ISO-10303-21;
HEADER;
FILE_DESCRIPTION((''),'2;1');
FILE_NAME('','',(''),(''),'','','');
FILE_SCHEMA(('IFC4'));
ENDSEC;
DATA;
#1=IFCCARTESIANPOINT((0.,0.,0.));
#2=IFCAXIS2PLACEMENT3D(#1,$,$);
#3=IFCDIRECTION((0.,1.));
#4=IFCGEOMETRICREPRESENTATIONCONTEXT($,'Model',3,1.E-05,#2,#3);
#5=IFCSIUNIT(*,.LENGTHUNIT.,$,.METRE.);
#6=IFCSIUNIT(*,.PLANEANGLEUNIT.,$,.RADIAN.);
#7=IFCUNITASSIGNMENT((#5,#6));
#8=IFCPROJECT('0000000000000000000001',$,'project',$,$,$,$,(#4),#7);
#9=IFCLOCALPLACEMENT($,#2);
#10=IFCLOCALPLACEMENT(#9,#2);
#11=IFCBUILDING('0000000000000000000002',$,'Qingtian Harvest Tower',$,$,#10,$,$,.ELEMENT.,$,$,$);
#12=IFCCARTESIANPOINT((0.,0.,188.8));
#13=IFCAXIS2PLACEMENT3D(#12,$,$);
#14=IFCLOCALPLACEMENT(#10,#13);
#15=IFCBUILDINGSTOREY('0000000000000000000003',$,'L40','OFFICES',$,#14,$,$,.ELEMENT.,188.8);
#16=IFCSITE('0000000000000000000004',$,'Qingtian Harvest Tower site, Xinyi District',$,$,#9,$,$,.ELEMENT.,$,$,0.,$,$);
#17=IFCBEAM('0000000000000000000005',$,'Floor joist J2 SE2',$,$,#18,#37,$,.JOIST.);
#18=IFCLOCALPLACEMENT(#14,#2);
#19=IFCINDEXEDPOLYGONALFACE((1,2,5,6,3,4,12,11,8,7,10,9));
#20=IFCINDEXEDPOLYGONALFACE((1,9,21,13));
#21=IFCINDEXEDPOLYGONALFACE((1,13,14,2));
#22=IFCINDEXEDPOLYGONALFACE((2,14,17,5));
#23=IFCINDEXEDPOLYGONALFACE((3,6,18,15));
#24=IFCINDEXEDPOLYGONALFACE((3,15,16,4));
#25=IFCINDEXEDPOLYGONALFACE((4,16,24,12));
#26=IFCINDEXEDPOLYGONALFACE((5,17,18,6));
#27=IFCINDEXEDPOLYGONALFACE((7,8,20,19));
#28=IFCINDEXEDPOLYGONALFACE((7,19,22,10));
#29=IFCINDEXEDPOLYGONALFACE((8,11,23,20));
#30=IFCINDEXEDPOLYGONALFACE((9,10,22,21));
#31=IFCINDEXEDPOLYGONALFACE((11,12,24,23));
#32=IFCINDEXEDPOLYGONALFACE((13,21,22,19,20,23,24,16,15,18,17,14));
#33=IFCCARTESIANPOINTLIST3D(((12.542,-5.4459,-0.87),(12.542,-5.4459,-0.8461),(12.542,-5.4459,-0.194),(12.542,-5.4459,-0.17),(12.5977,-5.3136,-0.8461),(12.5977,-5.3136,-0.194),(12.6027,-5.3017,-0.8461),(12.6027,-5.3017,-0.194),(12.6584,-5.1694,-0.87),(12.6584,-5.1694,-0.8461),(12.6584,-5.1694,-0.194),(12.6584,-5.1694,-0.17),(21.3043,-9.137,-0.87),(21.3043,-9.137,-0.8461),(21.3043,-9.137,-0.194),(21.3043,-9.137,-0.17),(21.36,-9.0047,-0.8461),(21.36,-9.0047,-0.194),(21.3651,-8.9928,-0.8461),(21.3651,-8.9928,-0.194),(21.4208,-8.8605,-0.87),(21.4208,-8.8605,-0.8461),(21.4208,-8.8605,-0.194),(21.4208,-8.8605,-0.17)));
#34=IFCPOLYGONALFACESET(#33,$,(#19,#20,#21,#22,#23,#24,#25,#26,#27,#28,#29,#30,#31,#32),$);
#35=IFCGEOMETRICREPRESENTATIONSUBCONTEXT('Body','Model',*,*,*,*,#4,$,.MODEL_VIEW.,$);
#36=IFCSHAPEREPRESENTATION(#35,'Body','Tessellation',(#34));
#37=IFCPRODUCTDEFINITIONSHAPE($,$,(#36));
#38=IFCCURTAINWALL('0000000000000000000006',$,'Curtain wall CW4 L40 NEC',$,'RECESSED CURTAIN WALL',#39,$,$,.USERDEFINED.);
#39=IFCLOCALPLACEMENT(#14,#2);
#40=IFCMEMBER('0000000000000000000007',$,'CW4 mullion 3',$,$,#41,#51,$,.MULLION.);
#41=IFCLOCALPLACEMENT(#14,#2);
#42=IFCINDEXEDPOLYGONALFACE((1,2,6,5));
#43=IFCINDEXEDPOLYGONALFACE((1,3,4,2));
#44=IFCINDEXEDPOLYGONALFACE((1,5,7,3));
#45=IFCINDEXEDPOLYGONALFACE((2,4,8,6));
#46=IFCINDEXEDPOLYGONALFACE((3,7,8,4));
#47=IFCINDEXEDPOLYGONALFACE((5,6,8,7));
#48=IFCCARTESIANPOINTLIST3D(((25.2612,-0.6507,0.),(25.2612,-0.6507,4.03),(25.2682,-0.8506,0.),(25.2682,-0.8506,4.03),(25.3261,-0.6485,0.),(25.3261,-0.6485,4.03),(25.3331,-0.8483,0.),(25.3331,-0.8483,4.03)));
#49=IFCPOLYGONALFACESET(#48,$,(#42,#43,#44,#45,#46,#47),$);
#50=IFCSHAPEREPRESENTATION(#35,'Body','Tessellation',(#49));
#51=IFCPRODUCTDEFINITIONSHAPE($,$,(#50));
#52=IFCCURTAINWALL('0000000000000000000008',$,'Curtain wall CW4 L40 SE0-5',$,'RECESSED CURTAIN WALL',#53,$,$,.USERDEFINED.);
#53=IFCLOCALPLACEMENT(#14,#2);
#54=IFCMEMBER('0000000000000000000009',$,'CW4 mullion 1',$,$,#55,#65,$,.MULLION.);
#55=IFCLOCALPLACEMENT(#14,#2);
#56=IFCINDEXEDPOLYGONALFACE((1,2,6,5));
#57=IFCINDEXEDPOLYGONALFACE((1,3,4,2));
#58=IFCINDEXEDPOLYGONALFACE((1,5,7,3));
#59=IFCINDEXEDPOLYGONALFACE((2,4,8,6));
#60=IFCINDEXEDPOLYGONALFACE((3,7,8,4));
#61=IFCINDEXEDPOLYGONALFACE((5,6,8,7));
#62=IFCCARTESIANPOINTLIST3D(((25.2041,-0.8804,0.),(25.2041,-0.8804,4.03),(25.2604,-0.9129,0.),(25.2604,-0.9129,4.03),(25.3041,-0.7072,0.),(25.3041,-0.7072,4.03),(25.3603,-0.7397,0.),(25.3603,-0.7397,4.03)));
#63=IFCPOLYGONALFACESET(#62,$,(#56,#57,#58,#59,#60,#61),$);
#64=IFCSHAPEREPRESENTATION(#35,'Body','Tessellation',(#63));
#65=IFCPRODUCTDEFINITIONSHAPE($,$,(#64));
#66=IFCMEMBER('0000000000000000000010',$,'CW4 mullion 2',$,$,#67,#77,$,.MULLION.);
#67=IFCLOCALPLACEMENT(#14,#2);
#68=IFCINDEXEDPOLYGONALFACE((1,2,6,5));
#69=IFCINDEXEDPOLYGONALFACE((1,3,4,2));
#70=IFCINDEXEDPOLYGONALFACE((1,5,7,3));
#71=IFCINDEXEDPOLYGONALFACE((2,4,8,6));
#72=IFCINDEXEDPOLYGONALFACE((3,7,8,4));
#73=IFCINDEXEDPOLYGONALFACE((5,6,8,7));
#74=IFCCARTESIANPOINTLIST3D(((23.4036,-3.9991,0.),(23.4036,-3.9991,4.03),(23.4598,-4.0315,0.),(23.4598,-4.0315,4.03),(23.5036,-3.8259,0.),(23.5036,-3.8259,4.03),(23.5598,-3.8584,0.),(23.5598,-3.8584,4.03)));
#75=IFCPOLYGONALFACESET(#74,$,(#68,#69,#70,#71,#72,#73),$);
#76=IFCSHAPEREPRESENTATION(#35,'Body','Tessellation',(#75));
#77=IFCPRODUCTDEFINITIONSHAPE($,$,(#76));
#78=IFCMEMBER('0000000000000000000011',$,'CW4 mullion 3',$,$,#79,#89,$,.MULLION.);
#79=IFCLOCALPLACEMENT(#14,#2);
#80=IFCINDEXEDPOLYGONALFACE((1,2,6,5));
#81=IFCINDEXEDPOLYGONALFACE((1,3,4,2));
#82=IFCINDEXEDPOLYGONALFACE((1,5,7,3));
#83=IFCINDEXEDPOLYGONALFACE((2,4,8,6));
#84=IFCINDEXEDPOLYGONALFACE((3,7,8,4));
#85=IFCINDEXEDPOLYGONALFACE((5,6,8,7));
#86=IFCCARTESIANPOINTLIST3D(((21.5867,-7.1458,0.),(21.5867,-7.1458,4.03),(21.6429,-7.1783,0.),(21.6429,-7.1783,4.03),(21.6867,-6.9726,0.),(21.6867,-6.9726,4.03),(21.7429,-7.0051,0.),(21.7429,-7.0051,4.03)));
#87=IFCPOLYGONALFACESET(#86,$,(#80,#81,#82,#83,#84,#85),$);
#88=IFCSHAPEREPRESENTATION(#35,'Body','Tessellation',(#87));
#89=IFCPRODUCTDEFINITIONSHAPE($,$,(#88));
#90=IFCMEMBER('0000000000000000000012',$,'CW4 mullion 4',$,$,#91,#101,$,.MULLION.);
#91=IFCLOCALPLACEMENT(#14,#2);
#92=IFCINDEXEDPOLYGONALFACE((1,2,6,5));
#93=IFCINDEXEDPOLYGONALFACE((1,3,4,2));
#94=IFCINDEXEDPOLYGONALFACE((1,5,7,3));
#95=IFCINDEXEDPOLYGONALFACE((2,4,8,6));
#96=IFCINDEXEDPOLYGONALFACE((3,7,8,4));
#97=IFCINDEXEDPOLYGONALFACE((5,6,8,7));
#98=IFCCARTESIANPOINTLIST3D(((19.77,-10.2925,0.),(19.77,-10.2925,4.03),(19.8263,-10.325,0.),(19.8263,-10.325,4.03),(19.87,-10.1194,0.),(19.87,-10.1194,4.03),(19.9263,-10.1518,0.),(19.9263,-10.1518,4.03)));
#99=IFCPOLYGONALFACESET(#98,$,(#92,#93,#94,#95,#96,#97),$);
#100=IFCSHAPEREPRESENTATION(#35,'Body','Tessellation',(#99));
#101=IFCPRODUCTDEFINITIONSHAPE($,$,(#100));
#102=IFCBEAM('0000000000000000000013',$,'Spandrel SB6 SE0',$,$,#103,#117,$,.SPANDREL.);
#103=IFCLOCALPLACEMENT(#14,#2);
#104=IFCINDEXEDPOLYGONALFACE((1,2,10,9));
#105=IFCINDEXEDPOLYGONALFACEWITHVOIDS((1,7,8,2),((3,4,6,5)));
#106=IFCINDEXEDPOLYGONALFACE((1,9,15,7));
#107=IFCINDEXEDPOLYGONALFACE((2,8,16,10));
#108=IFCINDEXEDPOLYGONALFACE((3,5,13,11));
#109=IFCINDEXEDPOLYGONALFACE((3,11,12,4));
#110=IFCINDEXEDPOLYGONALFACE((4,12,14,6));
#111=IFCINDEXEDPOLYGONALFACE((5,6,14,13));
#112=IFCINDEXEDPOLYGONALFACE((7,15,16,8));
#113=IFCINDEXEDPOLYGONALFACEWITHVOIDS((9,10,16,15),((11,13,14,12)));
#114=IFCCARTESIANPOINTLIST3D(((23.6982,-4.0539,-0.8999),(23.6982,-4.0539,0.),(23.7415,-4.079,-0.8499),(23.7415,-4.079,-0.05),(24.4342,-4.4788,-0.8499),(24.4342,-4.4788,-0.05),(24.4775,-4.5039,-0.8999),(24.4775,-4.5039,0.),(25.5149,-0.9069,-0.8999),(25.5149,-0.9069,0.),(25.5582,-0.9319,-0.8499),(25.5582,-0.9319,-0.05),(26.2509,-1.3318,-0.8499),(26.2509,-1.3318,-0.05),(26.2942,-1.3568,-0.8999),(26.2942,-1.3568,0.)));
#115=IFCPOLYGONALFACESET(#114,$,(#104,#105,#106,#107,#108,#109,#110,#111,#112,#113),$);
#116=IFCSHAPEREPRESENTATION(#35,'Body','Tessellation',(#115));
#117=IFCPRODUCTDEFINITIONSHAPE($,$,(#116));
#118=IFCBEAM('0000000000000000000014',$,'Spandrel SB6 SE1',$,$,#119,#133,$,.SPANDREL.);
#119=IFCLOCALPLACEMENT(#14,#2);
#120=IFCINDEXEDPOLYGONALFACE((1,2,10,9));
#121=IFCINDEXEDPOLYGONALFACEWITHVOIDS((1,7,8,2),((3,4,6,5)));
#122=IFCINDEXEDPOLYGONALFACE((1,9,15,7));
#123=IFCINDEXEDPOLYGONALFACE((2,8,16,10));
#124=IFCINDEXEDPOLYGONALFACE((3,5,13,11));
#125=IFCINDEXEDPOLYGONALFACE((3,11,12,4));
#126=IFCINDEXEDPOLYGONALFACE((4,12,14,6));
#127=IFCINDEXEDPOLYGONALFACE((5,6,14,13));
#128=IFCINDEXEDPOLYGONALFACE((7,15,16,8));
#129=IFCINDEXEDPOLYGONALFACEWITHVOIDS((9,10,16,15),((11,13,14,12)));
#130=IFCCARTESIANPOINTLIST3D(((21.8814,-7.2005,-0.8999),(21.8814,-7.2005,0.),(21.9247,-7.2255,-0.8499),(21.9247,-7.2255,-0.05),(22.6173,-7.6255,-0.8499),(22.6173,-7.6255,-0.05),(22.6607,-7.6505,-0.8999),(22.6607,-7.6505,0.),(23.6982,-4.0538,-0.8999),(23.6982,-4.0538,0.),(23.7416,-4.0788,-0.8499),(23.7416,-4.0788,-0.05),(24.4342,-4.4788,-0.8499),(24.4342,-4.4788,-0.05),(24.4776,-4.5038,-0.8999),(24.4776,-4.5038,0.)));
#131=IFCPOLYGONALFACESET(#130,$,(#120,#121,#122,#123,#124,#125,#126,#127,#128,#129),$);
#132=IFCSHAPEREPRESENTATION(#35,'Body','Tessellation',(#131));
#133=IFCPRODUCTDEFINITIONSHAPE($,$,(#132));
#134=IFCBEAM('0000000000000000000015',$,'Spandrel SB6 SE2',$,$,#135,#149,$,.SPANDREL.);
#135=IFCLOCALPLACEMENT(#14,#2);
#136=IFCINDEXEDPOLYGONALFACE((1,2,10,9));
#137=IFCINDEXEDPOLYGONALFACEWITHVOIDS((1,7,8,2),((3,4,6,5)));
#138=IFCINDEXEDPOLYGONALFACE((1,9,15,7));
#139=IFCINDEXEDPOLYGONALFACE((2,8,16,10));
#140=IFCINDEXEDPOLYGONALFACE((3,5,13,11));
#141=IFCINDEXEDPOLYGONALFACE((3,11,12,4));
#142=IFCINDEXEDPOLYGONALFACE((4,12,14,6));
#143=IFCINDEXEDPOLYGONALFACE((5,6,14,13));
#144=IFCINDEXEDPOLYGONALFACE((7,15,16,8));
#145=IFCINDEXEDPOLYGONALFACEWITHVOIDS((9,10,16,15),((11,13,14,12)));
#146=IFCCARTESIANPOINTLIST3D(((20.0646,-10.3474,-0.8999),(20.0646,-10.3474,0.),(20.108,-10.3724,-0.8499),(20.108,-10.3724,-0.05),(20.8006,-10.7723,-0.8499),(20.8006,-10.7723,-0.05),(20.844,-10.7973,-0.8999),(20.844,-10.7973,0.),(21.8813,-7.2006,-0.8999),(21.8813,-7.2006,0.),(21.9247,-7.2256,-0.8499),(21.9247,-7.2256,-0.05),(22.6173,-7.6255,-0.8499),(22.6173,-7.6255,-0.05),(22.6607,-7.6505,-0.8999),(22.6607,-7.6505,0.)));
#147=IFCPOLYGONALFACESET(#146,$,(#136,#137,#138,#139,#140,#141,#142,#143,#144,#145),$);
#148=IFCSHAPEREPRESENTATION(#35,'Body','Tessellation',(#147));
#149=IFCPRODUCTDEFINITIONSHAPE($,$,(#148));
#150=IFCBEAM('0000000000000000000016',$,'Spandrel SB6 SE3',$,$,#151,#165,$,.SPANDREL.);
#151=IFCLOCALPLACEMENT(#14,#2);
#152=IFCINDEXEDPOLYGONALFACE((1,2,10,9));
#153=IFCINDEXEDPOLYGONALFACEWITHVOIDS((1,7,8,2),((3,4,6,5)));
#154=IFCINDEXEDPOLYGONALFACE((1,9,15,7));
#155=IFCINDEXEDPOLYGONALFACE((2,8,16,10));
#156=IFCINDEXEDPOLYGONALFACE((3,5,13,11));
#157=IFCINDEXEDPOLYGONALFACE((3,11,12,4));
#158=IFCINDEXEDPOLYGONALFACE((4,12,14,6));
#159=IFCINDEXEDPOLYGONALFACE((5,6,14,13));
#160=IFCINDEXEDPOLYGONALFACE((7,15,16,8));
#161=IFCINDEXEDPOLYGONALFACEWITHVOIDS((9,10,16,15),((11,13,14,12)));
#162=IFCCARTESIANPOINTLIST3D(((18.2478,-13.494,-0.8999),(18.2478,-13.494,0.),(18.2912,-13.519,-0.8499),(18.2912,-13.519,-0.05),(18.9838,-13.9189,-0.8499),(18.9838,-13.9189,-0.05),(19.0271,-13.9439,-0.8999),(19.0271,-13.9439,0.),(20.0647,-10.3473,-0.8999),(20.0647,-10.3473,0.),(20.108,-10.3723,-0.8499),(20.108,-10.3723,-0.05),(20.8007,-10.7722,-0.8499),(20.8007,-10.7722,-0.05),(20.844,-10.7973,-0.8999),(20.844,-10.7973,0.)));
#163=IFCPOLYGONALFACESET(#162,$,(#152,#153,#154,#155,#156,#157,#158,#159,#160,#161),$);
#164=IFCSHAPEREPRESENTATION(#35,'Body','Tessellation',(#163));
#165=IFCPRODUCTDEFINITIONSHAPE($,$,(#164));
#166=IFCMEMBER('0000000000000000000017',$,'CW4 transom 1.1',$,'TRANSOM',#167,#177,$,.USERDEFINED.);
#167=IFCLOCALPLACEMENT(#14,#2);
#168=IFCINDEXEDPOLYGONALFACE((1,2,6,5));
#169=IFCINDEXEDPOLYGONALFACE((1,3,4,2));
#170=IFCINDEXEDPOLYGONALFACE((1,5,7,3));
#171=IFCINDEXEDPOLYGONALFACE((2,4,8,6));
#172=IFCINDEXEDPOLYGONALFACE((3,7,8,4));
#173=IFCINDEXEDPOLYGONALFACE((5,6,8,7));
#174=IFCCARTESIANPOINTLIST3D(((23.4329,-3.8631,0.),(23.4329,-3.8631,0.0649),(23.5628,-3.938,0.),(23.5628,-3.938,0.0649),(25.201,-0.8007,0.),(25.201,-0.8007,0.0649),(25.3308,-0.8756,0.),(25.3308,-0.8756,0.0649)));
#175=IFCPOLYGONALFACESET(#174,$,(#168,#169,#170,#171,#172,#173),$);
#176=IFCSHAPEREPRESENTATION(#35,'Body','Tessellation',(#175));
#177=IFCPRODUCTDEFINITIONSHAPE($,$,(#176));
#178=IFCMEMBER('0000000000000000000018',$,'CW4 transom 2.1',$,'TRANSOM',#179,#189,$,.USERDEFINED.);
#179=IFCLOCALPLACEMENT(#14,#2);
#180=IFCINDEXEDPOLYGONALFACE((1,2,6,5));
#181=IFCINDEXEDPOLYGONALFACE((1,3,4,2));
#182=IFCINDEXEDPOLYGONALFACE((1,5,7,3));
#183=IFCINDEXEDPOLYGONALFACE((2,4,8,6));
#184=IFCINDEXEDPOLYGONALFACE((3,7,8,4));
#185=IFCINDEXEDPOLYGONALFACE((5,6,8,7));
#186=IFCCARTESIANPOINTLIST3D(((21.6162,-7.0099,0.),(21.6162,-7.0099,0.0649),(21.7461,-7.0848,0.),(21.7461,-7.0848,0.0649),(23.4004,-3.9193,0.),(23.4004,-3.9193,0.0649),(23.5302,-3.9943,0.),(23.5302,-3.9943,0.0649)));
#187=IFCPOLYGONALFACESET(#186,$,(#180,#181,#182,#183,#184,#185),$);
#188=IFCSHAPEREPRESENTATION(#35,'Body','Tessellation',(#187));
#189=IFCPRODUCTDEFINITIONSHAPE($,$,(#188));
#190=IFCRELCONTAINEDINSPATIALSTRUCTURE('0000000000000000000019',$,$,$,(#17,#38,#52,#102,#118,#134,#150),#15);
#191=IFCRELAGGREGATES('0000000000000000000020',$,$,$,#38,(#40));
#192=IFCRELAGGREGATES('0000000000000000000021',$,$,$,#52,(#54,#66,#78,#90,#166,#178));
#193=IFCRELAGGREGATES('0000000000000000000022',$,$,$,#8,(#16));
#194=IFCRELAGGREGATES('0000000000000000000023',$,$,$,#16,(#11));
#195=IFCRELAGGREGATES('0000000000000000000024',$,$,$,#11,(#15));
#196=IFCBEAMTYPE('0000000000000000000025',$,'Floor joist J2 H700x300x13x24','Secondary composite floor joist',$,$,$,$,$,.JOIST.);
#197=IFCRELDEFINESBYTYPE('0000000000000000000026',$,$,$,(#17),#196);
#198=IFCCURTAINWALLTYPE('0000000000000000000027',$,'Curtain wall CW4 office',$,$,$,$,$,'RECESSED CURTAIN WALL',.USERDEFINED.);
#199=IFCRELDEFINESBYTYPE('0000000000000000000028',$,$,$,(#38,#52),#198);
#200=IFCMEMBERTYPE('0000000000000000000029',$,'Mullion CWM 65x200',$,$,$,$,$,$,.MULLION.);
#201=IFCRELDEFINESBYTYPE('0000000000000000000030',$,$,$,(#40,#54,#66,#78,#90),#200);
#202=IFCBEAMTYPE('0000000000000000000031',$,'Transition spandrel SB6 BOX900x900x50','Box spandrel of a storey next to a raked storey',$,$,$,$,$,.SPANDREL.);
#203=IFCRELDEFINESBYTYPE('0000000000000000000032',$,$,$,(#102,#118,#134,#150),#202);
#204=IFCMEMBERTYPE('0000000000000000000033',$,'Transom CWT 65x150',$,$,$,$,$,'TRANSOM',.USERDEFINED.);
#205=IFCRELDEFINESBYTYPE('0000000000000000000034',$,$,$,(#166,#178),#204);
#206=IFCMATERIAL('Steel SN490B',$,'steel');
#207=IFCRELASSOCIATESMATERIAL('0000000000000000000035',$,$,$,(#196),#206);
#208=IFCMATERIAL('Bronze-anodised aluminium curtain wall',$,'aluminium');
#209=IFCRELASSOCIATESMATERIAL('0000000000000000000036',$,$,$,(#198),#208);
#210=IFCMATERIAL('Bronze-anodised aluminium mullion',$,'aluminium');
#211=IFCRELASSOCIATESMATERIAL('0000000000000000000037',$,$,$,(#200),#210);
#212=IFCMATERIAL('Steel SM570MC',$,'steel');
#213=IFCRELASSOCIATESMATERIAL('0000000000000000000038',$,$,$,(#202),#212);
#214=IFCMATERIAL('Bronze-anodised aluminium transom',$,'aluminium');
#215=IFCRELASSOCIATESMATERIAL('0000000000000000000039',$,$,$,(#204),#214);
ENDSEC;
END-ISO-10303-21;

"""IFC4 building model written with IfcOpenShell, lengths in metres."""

from ifc_helpers import new_model, si_unit, direction, frame, origin, origin_2d, place, context, subcontext, project, spatial, rectangle, hollow_rectangle, i_section, extrude, material, material_profile, profile_set, type_object, element, aggregate, save


model = new_model("IFC4")

# Units and contexts
model_context = context("Model", 3, precision=1e-05, world=origin(), true_north=direction((0.0, 1.0)))
body_context = subcontext(model_context, "Body", "Model", "MODEL_VIEW")
ifc_project = project(units=[si_unit("LENGTHUNIT", "METRE"), si_unit("PLANEANGLEUNIT", "RADIAN")], contexts=[model_context])

# Site, building, storey
site_placement = place(None, origin())
site = spatial("IfcSite", under=ifc_project, at=site_placement, Name="Qingtian Harvest Tower site, Xinyi District", CompositionType="ELEMENT", RefElevation=0.0)
building_placement = place(site_placement, origin())
building = spatial("IfcBuilding", under=site, at=building_placement, Name="Qingtian Harvest Tower", CompositionType="ELEMENT")
storey_placement = place(building_placement, frame((0.0, 0.0, 188.8)))
storey = spatial("IfcBuildingStorey", under=building, at=storey_placement, Name="L40", Description="OFFICES", CompositionType="ELEMENT", Elevation=188.8)

# Beam
ifc_material_1 = material(Name="Steel SN490B", Category="steel")
ifc_material_profile_1 = material_profile(ifc_material_1, i_section(OverallWidth=0.3, OverallDepth=0.7, WebThickness=0.0129, FlangeThickness=0.0239, at=origin_2d()), Name="H700x300x13x24")
ifc_profile_set_1 = profile_set([ifc_material_profile_1], Name="Steel SN490B")
beam_type_1 = type_object("IfcBeamType", Name="Floor joist J2 H700x300x13x24", Description="Secondary composite floor joist", PredefinedType="JOIST", material=ifc_profile_set_1)
beam_1_placement = place(storey_placement, frame((21.3625, -8.9988, -0.52), z_axis=(-0.921571, 0.38821, 0.0), x_axis=(-0.38821, -0.921571, 0.0)))
element("IfcBeam", 1, at=beam_1_placement, inside=storey, type_object=beam_type_1, Name="Floor joist J2 SE2", PredefinedType="JOIST", context=body_context, shape_type="SweptSolid", body=[
    extrude(i_section(OverallWidth=0.3, OverallDepth=0.7, WebThickness=0.0129, FlangeThickness=0.0239, at=origin_2d()), origin(), (0.0, 0.0, 1.0), 9.5081),
])

# Curtain wall, member
ifc_material_2 = material(Name="Bronze-anodised aluminium curtain wall", Category="aluminium")
curtain_wall_type = type_object("IfcCurtainWallType", Name="Curtain wall CW4 office", ElementType="RECESSED CURTAIN WALL", PredefinedType="USERDEFINED", material=ifc_material_2)
curtain_wall_1_placement = place(storey_placement, origin())
curtain_wall_1 = element("IfcCurtainWall", 2, at=curtain_wall_1_placement, inside=storey, type_object=curtain_wall_type, Name="Curtain wall CW4 L40 NEC", ObjectType="RECESSED CURTAIN WALL", PredefinedType="USERDEFINED")
ifc_material_3 = material(Name="Bronze-anodised aluminium mullion", Category="aluminium")
ifc_material_profile_2 = material_profile(ifc_material_3, rectangle(XDim=0.0649, YDim=0.2, at=origin_2d()), Name="AL 65x200")
ifc_profile_set_2 = profile_set([ifc_material_profile_2], Name="Bronze-anodised aluminium mullion")
member_type_1 = type_object("IfcMemberType", Name="Mullion CWM 65x200", PredefinedType="MULLION", material=ifc_profile_set_2)
member_1_placement = place(storey_placement, frame((25.2971, -0.7495, 0.0), z_axis=(0.0, 0.0, 1.0), x_axis=(0.999391, 0.034899, 0.0)))
member_1 = element("IfcMember", 3, at=member_1_placement, type_object=member_type_1, Name="CW4 mullion 3", PredefinedType="MULLION", context=body_context, shape_type="SweptSolid", body=[
    extrude(rectangle(XDim=0.0649, YDim=0.2, at=origin_2d()), origin(), (0.0, 0.0, 1.0), 4.03),
])
aggregate(curtain_wall_1, [member_1])

# Curtain wall, members
curtain_wall_2_placement = place(storey_placement, origin())
curtain_wall_2 = element("IfcCurtainWall", 4, at=curtain_wall_2_placement, inside=storey, type_object=curtain_wall_type, Name="Curtain wall CW4 L40 SE0-5", ObjectType="RECESSED CURTAIN WALL", PredefinedType="USERDEFINED")
member_2_placement = place(storey_placement, frame((25.2822, -0.8101, 0.0), z_axis=(0.0, 0.0, 1.0), x_axis=(0.866025, -0.5, 0.0)))
member_2 = element("IfcMember", 5, at=member_2_placement, type_object=member_type_1, Name="CW4 mullion 1", PredefinedType="MULLION", context=body_context, shape_type="SweptSolid", body=[
    extrude(rectangle(XDim=0.0649, YDim=0.2, at=origin_2d()), origin(), (0.0, 0.0, 1.0), 4.03),
])
member_3_placement = place(storey_placement, frame((23.4817, -3.9287, 0.0), z_axis=(0.0, 0.0, 1.0), x_axis=(0.866025, -0.5, 0.0)))
member_3 = element("IfcMember", 6, at=member_3_placement, type_object=member_type_1, Name="CW4 mullion 2", PredefinedType="MULLION", context=body_context, shape_type="SweptSolid", body=[
    extrude(rectangle(XDim=0.0649, YDim=0.2, at=origin_2d()), origin(), (0.0, 0.0, 1.0), 4.03),
])
member_4_placement = place(storey_placement, frame((21.6648, -7.0754, 0.0), z_axis=(0.0, 0.0, 1.0), x_axis=(0.866025, -0.5, 0.0)))
member_4 = element("IfcMember", 7, at=member_4_placement, type_object=member_type_1, Name="CW4 mullion 3", PredefinedType="MULLION", context=body_context, shape_type="SweptSolid", body=[
    extrude(rectangle(XDim=0.0649, YDim=0.2, at=origin_2d()), origin(), (0.0, 0.0, 1.0), 4.03),
])
member_5_placement = place(storey_placement, frame((19.8481, -10.2222, 0.0), z_axis=(0.0, 0.0, 1.0), x_axis=(0.866025, -0.5, 0.0)))
member_5 = element("IfcMember", 8, at=member_5_placement, type_object=member_type_1, Name="CW4 mullion 4", PredefinedType="MULLION", context=body_context, shape_type="SweptSolid", body=[
    extrude(rectangle(XDim=0.0649, YDim=0.2, at=origin_2d()), origin(), (0.0, 0.0, 1.0), 4.03),
])

# Beams
ifc_material_4 = material(Name="Steel SM570MC", Category="steel")
ifc_material_profile_3 = material_profile(ifc_material_4, hollow_rectangle(XDim=0.8999, YDim=0.8999, WallThickness=0.05, at=origin_2d()), Name="BOX900x900x50")
ifc_profile_set_3 = profile_set([ifc_material_profile_3], Name="Steel SM570MC")
beam_type_2 = type_object("IfcBeamType", Name="Transition spandrel SB6 BOX900x900x50", Description="Box spandrel of a storey next to a raked storey", PredefinedType="SPANDREL", material=ifc_profile_set_3)
beam_2_placement = place(storey_placement, frame((25.9045, -1.1318, -0.45), z_axis=(-0.499947, -0.866056, 0.0), x_axis=(0.866056, -0.499947, 0.0)))
element("IfcBeam", 9, at=beam_2_placement, inside=storey, type_object=beam_type_2, Name="Spandrel SB6 SE0", PredefinedType="SPANDREL", context=body_context, shape_type="SweptSolid", body=[
    extrude(hollow_rectangle(XDim=0.8999, YDim=0.8999, WallThickness=0.05, at=origin_2d()), origin(), (0.0, 0.0, 1.0), 3.6338),
])
for number, where, z_axis, x_axis, name in (
    (10, (24.0879, -4.2788, -0.45), (-0.500027, -0.86601, 0.0), (0.86601, -0.500027, 0.0), "Spandrel SB6 SE1"),
    (11, (22.271, -7.4255, -0.45), (-0.499976, -0.866039, 0.0), (0.866039, -0.499976, 0.0), "Spandrel SB6 SE2"),
    (12, (20.4543, -10.5723, -0.45), (-0.500027, -0.86601, 0.0), (0.86601, -0.500027, 0.0), "Spandrel SB6 SE3"),
):
    element("IfcBeam", number, at=place(storey_placement, frame(where, z_axis=z_axis, x_axis=x_axis)), inside=storey, type_object=beam_type_2, Name=name, PredefinedType="SPANDREL", context=body_context, shape_type="SweptSolid", body=[
        extrude(hollow_rectangle(XDim=0.8999, YDim=0.8999, WallThickness=0.05, at=origin_2d()), origin(), (0.0, 0.0, 1.0), 3.6335),
    ])

# Members
ifc_material_5 = material(Name="Bronze-anodised aluminium transom", Category="aluminium")
ifc_material_profile_4 = material_profile(ifc_material_5, rectangle(XDim=0.1499, YDim=0.0649, at=origin_2d()), Name="AL 65x150")
ifc_profile_set_4 = profile_set([ifc_material_profile_4], Name="Bronze-anodised aluminium transom")
member_type_2 = type_object("IfcMemberType", Name="Transom CWT 65x150", ElementType="TRANSOM", PredefinedType="USERDEFINED", material=ifc_profile_set_4)
member_6_placement = place(storey_placement, frame((25.2659, -0.8381, 0.0325), z_axis=(-0.499985, -0.866034, 0.0), x_axis=(0.866034, -0.499985, 0.0)))
member_6 = element("IfcMember", 13, at=member_6_placement, type_object=member_type_2, Name="CW4 transom 1.1", ObjectType="TRANSOM", PredefinedType="USERDEFINED", context=body_context, shape_type="SweptSolid", body=[
    extrude(rectangle(XDim=0.1499, YDim=0.0649, at=origin_2d()), origin(), (0.0, 0.0, 1.0), 3.5361),
])
member_7_placement = place(storey_placement, frame((23.4653, -3.9568, 0.0325), z_axis=(-0.499965, -0.866045, 0.0), x_axis=(0.866045, -0.499965, 0.0)))
member_7 = element("IfcMember", 14, at=member_7_placement, type_object=member_type_2, Name="CW4 transom 2.1", ObjectType="TRANSOM", PredefinedType="USERDEFINED", context=body_context, shape_type="SweptSolid", body=[
    extrude(rectangle(XDim=0.1499, YDim=0.0649, at=origin_2d()), origin(), (0.0, 0.0, 1.0), 3.5686),
])

aggregate(curtain_wall_2, [member_2, member_3, member_4, member_5, member_6, member_7])

save(model, "model.ifc")
